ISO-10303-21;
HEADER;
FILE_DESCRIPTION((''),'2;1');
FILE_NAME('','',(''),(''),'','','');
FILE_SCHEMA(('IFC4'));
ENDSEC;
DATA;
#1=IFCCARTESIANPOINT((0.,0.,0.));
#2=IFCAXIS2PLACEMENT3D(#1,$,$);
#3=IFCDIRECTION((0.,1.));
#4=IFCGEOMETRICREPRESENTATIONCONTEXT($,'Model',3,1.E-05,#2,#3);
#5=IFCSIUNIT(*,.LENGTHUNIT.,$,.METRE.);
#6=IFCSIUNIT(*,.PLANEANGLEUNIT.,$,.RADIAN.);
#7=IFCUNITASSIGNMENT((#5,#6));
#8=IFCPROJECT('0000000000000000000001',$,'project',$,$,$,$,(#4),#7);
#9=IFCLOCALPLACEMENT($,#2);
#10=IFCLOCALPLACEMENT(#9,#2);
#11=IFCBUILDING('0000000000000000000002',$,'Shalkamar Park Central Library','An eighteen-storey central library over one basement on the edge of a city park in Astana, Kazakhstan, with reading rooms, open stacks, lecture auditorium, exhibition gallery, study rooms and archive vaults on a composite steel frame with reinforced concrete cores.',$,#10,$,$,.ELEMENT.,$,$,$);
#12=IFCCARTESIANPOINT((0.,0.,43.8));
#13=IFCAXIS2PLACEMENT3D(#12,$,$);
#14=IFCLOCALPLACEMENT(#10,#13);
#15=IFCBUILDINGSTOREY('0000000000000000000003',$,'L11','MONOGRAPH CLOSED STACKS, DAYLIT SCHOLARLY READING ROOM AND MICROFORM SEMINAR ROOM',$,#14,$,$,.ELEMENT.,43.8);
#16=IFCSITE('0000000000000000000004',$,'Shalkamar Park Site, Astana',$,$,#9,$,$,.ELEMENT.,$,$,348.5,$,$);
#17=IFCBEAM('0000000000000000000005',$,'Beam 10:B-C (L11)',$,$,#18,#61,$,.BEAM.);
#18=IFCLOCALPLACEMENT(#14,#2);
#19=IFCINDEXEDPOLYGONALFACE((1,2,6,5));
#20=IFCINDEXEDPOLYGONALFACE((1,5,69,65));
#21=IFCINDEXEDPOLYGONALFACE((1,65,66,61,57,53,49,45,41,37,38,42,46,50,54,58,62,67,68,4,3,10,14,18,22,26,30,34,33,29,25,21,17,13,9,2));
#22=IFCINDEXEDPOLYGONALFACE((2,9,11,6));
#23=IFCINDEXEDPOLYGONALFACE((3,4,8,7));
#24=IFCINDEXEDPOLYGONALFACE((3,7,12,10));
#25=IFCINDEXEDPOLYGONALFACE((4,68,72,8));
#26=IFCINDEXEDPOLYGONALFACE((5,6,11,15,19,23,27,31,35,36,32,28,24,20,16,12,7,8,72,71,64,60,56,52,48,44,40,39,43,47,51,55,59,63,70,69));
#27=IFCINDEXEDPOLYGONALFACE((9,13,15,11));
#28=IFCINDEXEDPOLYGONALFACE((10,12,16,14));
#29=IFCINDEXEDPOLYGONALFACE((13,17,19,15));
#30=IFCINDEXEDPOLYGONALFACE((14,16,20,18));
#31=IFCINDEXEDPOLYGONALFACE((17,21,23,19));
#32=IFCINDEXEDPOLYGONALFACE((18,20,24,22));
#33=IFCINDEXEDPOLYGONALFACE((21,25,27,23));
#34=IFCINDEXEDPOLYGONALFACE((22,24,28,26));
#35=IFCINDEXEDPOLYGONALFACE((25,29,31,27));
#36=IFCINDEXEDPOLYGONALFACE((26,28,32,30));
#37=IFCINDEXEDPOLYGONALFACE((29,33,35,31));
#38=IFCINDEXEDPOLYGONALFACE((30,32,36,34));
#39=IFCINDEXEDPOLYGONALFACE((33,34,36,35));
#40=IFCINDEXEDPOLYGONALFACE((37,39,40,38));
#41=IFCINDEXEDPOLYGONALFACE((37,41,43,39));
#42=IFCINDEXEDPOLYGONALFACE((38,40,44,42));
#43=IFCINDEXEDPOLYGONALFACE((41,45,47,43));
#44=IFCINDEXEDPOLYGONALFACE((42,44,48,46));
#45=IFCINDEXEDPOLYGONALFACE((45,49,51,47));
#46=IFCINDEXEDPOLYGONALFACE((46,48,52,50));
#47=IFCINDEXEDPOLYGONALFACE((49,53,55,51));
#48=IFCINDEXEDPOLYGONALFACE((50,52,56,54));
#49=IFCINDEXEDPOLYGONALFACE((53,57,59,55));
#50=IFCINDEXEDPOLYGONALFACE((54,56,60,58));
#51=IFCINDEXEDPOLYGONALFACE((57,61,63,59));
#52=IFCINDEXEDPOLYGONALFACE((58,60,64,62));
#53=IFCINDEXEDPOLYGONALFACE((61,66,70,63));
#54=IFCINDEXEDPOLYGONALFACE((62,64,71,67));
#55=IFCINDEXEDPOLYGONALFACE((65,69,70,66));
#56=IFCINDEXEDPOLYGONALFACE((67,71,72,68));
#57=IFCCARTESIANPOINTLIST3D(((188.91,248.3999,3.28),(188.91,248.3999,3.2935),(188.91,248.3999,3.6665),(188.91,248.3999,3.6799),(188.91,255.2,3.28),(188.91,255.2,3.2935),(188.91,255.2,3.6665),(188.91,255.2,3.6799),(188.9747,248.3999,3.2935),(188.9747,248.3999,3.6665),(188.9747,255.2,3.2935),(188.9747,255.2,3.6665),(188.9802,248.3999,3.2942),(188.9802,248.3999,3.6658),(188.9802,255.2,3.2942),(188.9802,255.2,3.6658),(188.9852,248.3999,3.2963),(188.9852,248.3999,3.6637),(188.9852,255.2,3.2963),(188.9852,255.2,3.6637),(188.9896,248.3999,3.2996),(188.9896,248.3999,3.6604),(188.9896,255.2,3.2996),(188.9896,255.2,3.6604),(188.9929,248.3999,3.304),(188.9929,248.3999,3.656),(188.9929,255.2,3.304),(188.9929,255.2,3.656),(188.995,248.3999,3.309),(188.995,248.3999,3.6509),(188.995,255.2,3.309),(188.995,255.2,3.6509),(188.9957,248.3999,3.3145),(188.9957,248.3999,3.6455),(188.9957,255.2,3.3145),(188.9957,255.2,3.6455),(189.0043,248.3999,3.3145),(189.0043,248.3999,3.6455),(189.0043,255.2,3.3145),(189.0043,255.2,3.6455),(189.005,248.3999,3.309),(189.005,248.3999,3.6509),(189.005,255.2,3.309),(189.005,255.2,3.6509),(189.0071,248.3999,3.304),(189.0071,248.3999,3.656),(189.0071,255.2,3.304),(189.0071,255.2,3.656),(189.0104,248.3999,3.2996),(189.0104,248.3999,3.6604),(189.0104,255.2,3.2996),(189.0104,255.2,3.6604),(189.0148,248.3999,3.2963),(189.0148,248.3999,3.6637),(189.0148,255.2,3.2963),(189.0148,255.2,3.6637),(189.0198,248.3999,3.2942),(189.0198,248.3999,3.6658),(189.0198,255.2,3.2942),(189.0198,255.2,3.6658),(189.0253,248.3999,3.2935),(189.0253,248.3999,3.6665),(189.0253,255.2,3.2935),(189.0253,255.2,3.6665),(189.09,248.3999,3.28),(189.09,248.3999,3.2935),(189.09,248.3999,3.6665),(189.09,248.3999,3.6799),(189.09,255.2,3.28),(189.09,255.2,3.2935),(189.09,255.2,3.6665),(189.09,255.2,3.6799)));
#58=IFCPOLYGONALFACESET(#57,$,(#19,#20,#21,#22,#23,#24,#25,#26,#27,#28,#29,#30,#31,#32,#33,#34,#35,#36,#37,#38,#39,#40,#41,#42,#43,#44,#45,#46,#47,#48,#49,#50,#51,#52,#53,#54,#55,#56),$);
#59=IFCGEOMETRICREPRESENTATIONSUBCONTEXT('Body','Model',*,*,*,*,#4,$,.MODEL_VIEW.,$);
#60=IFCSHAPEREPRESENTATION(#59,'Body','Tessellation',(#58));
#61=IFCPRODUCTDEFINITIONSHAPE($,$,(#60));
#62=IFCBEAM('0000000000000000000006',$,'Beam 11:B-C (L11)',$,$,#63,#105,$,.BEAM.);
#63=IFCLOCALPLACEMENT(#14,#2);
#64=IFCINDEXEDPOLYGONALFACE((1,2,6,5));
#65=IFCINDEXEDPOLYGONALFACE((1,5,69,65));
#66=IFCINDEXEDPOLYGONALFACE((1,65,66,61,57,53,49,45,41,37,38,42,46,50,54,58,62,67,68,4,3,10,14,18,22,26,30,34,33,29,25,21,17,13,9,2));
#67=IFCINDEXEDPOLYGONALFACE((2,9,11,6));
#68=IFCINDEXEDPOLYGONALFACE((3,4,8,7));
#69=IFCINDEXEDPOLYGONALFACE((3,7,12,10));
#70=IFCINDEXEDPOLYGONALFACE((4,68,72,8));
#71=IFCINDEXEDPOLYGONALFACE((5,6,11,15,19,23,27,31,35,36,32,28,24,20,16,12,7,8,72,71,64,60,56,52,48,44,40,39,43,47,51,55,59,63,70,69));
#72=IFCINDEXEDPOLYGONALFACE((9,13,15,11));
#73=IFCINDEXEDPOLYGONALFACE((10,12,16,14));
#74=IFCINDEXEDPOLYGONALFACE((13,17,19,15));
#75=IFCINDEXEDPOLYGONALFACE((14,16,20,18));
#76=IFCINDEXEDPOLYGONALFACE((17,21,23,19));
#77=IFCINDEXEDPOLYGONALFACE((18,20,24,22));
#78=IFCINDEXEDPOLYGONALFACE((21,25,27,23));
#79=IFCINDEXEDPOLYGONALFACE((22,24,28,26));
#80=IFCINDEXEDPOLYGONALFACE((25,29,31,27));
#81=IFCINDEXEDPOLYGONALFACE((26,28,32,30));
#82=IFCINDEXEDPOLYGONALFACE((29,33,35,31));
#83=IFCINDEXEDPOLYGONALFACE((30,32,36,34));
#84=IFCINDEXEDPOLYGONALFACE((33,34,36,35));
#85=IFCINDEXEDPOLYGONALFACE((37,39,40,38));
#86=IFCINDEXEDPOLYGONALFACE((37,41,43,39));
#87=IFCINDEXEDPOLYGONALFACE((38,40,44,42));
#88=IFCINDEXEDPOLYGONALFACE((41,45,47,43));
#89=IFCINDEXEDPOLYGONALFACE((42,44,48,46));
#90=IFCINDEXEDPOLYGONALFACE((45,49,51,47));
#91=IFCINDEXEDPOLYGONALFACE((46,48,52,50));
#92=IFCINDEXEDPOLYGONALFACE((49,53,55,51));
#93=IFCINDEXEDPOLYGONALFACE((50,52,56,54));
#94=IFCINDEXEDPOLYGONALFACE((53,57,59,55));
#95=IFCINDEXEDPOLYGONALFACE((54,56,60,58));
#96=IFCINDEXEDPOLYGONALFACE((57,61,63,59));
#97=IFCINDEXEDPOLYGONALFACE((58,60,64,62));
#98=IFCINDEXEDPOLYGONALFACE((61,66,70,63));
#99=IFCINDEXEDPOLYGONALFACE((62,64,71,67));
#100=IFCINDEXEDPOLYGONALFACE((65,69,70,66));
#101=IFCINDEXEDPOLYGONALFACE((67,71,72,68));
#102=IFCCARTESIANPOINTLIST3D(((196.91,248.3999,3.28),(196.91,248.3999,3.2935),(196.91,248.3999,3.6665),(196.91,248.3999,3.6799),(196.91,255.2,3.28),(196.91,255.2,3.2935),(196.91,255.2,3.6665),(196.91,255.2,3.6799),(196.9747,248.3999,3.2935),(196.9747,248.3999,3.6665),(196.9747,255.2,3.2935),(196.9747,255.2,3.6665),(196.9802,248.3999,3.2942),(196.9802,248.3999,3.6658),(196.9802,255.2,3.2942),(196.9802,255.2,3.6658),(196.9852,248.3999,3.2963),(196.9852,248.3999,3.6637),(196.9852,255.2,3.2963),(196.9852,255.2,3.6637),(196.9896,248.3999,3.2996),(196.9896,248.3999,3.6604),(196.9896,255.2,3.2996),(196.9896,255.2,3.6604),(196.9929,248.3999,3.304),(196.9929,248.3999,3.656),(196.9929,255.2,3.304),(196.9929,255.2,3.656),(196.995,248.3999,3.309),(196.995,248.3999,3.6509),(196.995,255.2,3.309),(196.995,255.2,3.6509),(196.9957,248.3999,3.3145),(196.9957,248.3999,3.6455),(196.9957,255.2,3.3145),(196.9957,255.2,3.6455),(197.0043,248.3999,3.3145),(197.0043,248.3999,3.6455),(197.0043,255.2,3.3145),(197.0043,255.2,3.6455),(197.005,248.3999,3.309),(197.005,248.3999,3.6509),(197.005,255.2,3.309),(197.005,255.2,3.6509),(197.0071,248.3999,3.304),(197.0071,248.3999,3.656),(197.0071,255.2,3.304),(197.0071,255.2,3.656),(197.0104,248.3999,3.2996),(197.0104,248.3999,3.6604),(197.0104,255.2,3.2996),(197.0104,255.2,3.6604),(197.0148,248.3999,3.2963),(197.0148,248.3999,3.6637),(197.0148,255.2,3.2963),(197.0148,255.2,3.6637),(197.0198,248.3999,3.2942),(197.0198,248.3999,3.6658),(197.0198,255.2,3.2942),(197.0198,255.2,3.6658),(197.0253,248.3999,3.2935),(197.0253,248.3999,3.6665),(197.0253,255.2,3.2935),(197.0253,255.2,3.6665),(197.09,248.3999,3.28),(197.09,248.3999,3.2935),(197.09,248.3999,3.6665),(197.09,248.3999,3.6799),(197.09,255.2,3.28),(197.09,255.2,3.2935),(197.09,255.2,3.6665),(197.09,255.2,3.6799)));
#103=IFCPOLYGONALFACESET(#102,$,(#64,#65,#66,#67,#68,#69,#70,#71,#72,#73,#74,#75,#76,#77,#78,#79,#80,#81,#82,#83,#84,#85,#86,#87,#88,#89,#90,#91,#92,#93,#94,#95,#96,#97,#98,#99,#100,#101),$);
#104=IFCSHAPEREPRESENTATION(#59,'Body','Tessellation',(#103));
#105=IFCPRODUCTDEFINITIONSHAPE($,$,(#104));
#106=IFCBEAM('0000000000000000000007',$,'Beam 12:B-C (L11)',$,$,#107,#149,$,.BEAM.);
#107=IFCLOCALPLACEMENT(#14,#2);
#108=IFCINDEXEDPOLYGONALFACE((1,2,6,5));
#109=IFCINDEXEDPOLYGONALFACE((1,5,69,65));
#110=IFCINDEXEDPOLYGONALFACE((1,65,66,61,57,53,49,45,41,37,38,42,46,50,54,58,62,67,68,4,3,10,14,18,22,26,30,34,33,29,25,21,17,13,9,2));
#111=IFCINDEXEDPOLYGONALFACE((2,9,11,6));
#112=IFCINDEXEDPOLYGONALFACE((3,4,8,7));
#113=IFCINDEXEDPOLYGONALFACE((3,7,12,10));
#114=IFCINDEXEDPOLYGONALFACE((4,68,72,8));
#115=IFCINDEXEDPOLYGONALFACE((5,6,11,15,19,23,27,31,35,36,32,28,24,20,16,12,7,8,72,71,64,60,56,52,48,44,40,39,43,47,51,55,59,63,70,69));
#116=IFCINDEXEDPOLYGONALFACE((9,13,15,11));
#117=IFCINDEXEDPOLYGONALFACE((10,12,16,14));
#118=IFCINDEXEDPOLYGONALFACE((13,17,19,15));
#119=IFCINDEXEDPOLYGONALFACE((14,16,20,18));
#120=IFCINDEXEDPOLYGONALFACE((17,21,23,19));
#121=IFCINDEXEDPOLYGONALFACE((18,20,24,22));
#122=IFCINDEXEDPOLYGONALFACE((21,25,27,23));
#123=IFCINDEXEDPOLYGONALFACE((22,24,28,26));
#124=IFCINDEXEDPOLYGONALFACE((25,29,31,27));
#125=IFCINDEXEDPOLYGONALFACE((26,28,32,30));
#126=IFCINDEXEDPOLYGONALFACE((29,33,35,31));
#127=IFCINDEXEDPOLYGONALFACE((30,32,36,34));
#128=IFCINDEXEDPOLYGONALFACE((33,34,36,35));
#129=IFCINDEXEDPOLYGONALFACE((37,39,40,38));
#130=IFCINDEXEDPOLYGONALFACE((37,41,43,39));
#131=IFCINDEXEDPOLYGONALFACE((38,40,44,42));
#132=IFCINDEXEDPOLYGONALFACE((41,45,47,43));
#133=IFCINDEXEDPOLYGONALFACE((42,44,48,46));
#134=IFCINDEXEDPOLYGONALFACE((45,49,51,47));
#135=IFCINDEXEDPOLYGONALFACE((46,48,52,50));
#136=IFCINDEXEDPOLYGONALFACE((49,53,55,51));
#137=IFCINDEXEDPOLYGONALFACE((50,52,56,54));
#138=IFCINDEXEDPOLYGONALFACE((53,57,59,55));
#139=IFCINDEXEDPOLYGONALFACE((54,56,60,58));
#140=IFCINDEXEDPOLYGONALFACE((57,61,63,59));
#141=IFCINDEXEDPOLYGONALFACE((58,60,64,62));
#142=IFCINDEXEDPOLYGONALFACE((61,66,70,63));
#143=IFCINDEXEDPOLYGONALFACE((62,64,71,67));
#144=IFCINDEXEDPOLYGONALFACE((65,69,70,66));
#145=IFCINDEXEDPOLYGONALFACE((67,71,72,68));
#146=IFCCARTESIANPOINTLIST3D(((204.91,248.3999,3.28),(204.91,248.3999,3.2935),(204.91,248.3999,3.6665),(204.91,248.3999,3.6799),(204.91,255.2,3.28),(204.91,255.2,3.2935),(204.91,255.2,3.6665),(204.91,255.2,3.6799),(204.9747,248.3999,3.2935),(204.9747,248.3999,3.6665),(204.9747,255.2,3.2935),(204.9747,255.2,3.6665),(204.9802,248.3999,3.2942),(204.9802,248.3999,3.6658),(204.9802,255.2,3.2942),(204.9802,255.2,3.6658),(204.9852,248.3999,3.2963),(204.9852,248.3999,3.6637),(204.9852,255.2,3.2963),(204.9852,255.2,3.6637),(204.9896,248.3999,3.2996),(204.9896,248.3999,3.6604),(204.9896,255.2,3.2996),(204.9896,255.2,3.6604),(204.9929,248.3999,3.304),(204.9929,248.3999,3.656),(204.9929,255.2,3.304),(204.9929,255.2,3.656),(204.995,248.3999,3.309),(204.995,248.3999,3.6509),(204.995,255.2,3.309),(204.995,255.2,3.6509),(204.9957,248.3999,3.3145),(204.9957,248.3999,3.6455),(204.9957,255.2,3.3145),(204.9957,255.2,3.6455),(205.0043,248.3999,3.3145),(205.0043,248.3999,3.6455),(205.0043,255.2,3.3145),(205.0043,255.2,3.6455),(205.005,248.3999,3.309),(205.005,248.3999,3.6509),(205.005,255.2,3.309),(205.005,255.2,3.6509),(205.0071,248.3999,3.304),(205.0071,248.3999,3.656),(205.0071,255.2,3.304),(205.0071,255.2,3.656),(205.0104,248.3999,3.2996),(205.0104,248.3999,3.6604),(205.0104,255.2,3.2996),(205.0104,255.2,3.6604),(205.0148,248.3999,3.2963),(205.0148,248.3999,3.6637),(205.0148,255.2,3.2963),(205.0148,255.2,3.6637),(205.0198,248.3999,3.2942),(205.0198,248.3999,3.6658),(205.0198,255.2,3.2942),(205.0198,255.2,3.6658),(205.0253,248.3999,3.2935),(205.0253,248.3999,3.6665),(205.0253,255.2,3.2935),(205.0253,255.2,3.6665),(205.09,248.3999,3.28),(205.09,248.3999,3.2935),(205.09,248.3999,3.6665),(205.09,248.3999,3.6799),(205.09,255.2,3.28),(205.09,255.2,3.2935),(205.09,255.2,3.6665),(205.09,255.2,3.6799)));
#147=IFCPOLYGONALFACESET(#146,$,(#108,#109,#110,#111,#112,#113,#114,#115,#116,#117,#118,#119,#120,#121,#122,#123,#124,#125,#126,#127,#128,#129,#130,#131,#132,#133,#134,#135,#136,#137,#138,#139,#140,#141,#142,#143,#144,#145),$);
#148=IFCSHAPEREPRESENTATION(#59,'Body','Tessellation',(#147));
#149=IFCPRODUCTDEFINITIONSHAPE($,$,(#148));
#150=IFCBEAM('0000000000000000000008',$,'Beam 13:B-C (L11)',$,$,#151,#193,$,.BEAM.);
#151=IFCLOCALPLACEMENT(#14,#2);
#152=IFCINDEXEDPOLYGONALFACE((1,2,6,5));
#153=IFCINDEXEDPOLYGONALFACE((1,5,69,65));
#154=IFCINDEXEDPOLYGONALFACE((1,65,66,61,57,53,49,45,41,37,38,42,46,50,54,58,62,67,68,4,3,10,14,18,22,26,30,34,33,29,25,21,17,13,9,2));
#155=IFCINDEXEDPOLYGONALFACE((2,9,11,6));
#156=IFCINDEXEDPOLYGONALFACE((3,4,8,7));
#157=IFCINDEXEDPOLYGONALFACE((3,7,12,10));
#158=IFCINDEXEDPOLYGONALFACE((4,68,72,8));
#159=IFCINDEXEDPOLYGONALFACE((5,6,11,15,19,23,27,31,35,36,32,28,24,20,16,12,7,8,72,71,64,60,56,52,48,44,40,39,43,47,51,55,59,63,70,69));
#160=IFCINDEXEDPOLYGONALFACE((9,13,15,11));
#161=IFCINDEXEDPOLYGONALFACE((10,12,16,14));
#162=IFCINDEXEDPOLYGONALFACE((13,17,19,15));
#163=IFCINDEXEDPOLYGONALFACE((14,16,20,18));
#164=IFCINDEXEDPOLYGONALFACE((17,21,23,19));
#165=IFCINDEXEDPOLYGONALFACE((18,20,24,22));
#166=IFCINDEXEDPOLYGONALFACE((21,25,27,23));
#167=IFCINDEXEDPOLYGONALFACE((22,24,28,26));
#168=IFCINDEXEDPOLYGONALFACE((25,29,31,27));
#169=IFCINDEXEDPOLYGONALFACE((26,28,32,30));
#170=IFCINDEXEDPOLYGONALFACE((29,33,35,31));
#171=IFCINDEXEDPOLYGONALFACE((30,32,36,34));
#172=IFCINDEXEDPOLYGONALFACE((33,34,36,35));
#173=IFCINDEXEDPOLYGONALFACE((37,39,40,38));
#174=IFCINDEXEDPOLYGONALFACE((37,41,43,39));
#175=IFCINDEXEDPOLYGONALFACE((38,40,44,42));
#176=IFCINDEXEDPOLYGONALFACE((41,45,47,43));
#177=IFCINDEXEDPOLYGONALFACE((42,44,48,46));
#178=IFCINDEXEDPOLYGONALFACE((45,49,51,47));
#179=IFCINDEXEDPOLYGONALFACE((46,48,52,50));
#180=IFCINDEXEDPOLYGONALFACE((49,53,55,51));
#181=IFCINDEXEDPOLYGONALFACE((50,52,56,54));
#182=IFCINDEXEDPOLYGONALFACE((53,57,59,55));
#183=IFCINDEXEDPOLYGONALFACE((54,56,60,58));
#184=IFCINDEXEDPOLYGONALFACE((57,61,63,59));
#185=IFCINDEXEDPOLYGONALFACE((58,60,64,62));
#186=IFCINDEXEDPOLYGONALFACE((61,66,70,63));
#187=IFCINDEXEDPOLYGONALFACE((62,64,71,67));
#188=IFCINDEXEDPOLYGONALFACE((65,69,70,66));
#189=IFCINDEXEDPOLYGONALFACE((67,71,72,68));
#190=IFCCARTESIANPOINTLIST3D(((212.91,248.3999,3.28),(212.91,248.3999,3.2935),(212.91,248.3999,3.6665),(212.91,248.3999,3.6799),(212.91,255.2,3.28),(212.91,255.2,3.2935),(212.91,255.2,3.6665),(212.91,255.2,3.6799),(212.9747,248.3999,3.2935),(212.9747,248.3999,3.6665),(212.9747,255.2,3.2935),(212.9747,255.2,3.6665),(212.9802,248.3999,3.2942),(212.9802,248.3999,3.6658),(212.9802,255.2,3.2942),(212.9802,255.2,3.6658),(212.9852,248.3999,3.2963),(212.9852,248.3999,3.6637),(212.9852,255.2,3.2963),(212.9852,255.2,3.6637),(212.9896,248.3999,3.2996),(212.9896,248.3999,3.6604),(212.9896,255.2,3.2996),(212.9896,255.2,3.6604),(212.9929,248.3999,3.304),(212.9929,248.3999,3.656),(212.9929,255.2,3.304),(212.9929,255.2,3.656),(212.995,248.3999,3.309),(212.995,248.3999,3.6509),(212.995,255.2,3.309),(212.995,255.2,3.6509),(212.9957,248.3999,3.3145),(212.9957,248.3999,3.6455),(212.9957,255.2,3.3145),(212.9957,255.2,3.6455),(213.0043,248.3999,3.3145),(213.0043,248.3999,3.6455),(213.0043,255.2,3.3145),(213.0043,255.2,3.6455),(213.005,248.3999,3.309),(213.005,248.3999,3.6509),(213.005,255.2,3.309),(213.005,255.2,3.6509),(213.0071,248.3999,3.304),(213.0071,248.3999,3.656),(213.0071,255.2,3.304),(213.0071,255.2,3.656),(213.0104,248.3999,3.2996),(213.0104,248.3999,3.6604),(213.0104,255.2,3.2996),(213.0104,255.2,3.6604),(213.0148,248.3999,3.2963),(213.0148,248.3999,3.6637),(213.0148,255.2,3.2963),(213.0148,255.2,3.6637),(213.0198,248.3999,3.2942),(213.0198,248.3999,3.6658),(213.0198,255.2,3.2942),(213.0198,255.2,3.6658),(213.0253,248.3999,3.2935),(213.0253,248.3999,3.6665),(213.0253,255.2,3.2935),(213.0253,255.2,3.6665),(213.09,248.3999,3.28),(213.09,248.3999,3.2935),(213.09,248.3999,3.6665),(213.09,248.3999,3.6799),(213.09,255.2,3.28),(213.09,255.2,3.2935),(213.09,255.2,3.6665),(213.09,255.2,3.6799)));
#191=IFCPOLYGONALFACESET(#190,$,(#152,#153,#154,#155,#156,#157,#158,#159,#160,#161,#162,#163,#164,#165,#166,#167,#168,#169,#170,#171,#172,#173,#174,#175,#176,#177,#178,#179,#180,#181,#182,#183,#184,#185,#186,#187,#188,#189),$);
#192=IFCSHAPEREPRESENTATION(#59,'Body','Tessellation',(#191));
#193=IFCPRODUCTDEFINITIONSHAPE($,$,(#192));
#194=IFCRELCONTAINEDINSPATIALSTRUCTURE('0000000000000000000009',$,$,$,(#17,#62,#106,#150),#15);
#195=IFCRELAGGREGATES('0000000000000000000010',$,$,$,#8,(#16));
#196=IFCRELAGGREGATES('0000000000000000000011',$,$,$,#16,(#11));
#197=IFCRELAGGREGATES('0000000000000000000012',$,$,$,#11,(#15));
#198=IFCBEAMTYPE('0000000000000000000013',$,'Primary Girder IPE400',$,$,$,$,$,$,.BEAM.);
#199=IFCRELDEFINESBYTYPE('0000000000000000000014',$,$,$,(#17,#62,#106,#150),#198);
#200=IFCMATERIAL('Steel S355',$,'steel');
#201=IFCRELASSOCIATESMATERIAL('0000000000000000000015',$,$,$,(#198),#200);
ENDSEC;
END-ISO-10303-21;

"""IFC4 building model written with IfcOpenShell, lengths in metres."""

from ifc_helpers import new_model, si_unit, direction, frame, origin, origin_2d, place, context, subcontext, project, spatial, i_section, extrude, material, material_profile, profile_set, type_object, element, save


model = new_model("IFC4")

# Units and contexts
model_context = context("Model", 3, precision=1e-05, world=origin(), true_north=direction((0.0, 1.0)))
body_context = subcontext(model_context, "Body", "Model", "MODEL_VIEW")
ifc_project = project(units=[si_unit("LENGTHUNIT", "METRE"), si_unit("PLANEANGLEUNIT", "RADIAN")], contexts=[model_context])

# Site, building, storey
site_placement = place(None, origin())
site = spatial("IfcSite", under=ifc_project, at=site_placement, Name="Shalkamar Park Site, Astana", CompositionType="ELEMENT", RefElevation=348.5)
building_placement = place(site_placement, origin())
building = spatial("IfcBuilding", under=site, at=building_placement, Name="Shalkamar Park Central Library", Description="An eighteen-storey central library over one basement on the edge of a city park in Astana, Kazakhstan, with reading rooms, open stacks, lecture auditorium, exhibition gallery, study rooms and archive vaults on a composite steel frame with reinforced concrete cores.", CompositionType="ELEMENT")
storey_placement = place(building_placement, frame((0.0, 0.0, 43.8)))
storey = spatial("IfcBuildingStorey", under=building, at=storey_placement, Name="L11", Description="MONOGRAPH CLOSED STACKS, DAYLIT SCHOLARLY READING ROOM AND MICROFORM SEMINAR ROOM", CompositionType="ELEMENT", Elevation=43.8)

# Shared definitions
ifc_material_1 = material(Name="Steel S355", Category="steel")

# Beams
ifc_material_profile_1 = material_profile(ifc_material_1, i_section(OverallWidth=0.1799, OverallDepth=0.3999, WebThickness=0.0085, FlangeThickness=0.0134, FilletRadius=0.021, at=origin_2d()), Name="IPE 400")
ifc_profile_set_1 = profile_set([ifc_material_profile_1], Name="Steel S355")
beam_type_1 = type_object("IfcBeamType", Name="Primary Girder IPE400", PredefinedType="BEAM", material=ifc_profile_set_1)
for number, where, z_axis, x_axis, name in (
    (1, (189.0, 248.3999, 3.48), (0.0, 1.0, 0.0), (-1.0, 0.0, 0.0), "Beam 10:B-C (L11)"),
    (2, (197.0, 248.3999, 3.48), (0.0, 1.0, 0.0), (-1.0, 0.0, 0.0), "Beam 11:B-C (L11)"),
    (3, (205.0, 248.3999, 3.48), (0.0, 1.0, 0.0), (-1.0, 0.0, 0.0), "Beam 12:B-C (L11)"),
    (4, (213.0, 248.3999, 3.48), (0.0, 1.0, 0.0), (-1.0, 0.0, 0.0), "Beam 13:B-C (L11)"),
):
    element("IfcBeam", number, at=place(storey_placement, frame(where, z_axis=z_axis, x_axis=x_axis)), inside=storey, type_object=beam_type_1, Name=name, PredefinedType="BEAM", context=body_context, shape_type="SweptSolid", body=[
        extrude(i_section(OverallWidth=0.1799, OverallDepth=0.3999, WebThickness=0.0085, FlangeThickness=0.0134, FilletRadius=0.021, at=origin_2d()), origin(), (0.0, 0.0, 1.0), 6.8),
    ])

save(model, "model.ifc")
